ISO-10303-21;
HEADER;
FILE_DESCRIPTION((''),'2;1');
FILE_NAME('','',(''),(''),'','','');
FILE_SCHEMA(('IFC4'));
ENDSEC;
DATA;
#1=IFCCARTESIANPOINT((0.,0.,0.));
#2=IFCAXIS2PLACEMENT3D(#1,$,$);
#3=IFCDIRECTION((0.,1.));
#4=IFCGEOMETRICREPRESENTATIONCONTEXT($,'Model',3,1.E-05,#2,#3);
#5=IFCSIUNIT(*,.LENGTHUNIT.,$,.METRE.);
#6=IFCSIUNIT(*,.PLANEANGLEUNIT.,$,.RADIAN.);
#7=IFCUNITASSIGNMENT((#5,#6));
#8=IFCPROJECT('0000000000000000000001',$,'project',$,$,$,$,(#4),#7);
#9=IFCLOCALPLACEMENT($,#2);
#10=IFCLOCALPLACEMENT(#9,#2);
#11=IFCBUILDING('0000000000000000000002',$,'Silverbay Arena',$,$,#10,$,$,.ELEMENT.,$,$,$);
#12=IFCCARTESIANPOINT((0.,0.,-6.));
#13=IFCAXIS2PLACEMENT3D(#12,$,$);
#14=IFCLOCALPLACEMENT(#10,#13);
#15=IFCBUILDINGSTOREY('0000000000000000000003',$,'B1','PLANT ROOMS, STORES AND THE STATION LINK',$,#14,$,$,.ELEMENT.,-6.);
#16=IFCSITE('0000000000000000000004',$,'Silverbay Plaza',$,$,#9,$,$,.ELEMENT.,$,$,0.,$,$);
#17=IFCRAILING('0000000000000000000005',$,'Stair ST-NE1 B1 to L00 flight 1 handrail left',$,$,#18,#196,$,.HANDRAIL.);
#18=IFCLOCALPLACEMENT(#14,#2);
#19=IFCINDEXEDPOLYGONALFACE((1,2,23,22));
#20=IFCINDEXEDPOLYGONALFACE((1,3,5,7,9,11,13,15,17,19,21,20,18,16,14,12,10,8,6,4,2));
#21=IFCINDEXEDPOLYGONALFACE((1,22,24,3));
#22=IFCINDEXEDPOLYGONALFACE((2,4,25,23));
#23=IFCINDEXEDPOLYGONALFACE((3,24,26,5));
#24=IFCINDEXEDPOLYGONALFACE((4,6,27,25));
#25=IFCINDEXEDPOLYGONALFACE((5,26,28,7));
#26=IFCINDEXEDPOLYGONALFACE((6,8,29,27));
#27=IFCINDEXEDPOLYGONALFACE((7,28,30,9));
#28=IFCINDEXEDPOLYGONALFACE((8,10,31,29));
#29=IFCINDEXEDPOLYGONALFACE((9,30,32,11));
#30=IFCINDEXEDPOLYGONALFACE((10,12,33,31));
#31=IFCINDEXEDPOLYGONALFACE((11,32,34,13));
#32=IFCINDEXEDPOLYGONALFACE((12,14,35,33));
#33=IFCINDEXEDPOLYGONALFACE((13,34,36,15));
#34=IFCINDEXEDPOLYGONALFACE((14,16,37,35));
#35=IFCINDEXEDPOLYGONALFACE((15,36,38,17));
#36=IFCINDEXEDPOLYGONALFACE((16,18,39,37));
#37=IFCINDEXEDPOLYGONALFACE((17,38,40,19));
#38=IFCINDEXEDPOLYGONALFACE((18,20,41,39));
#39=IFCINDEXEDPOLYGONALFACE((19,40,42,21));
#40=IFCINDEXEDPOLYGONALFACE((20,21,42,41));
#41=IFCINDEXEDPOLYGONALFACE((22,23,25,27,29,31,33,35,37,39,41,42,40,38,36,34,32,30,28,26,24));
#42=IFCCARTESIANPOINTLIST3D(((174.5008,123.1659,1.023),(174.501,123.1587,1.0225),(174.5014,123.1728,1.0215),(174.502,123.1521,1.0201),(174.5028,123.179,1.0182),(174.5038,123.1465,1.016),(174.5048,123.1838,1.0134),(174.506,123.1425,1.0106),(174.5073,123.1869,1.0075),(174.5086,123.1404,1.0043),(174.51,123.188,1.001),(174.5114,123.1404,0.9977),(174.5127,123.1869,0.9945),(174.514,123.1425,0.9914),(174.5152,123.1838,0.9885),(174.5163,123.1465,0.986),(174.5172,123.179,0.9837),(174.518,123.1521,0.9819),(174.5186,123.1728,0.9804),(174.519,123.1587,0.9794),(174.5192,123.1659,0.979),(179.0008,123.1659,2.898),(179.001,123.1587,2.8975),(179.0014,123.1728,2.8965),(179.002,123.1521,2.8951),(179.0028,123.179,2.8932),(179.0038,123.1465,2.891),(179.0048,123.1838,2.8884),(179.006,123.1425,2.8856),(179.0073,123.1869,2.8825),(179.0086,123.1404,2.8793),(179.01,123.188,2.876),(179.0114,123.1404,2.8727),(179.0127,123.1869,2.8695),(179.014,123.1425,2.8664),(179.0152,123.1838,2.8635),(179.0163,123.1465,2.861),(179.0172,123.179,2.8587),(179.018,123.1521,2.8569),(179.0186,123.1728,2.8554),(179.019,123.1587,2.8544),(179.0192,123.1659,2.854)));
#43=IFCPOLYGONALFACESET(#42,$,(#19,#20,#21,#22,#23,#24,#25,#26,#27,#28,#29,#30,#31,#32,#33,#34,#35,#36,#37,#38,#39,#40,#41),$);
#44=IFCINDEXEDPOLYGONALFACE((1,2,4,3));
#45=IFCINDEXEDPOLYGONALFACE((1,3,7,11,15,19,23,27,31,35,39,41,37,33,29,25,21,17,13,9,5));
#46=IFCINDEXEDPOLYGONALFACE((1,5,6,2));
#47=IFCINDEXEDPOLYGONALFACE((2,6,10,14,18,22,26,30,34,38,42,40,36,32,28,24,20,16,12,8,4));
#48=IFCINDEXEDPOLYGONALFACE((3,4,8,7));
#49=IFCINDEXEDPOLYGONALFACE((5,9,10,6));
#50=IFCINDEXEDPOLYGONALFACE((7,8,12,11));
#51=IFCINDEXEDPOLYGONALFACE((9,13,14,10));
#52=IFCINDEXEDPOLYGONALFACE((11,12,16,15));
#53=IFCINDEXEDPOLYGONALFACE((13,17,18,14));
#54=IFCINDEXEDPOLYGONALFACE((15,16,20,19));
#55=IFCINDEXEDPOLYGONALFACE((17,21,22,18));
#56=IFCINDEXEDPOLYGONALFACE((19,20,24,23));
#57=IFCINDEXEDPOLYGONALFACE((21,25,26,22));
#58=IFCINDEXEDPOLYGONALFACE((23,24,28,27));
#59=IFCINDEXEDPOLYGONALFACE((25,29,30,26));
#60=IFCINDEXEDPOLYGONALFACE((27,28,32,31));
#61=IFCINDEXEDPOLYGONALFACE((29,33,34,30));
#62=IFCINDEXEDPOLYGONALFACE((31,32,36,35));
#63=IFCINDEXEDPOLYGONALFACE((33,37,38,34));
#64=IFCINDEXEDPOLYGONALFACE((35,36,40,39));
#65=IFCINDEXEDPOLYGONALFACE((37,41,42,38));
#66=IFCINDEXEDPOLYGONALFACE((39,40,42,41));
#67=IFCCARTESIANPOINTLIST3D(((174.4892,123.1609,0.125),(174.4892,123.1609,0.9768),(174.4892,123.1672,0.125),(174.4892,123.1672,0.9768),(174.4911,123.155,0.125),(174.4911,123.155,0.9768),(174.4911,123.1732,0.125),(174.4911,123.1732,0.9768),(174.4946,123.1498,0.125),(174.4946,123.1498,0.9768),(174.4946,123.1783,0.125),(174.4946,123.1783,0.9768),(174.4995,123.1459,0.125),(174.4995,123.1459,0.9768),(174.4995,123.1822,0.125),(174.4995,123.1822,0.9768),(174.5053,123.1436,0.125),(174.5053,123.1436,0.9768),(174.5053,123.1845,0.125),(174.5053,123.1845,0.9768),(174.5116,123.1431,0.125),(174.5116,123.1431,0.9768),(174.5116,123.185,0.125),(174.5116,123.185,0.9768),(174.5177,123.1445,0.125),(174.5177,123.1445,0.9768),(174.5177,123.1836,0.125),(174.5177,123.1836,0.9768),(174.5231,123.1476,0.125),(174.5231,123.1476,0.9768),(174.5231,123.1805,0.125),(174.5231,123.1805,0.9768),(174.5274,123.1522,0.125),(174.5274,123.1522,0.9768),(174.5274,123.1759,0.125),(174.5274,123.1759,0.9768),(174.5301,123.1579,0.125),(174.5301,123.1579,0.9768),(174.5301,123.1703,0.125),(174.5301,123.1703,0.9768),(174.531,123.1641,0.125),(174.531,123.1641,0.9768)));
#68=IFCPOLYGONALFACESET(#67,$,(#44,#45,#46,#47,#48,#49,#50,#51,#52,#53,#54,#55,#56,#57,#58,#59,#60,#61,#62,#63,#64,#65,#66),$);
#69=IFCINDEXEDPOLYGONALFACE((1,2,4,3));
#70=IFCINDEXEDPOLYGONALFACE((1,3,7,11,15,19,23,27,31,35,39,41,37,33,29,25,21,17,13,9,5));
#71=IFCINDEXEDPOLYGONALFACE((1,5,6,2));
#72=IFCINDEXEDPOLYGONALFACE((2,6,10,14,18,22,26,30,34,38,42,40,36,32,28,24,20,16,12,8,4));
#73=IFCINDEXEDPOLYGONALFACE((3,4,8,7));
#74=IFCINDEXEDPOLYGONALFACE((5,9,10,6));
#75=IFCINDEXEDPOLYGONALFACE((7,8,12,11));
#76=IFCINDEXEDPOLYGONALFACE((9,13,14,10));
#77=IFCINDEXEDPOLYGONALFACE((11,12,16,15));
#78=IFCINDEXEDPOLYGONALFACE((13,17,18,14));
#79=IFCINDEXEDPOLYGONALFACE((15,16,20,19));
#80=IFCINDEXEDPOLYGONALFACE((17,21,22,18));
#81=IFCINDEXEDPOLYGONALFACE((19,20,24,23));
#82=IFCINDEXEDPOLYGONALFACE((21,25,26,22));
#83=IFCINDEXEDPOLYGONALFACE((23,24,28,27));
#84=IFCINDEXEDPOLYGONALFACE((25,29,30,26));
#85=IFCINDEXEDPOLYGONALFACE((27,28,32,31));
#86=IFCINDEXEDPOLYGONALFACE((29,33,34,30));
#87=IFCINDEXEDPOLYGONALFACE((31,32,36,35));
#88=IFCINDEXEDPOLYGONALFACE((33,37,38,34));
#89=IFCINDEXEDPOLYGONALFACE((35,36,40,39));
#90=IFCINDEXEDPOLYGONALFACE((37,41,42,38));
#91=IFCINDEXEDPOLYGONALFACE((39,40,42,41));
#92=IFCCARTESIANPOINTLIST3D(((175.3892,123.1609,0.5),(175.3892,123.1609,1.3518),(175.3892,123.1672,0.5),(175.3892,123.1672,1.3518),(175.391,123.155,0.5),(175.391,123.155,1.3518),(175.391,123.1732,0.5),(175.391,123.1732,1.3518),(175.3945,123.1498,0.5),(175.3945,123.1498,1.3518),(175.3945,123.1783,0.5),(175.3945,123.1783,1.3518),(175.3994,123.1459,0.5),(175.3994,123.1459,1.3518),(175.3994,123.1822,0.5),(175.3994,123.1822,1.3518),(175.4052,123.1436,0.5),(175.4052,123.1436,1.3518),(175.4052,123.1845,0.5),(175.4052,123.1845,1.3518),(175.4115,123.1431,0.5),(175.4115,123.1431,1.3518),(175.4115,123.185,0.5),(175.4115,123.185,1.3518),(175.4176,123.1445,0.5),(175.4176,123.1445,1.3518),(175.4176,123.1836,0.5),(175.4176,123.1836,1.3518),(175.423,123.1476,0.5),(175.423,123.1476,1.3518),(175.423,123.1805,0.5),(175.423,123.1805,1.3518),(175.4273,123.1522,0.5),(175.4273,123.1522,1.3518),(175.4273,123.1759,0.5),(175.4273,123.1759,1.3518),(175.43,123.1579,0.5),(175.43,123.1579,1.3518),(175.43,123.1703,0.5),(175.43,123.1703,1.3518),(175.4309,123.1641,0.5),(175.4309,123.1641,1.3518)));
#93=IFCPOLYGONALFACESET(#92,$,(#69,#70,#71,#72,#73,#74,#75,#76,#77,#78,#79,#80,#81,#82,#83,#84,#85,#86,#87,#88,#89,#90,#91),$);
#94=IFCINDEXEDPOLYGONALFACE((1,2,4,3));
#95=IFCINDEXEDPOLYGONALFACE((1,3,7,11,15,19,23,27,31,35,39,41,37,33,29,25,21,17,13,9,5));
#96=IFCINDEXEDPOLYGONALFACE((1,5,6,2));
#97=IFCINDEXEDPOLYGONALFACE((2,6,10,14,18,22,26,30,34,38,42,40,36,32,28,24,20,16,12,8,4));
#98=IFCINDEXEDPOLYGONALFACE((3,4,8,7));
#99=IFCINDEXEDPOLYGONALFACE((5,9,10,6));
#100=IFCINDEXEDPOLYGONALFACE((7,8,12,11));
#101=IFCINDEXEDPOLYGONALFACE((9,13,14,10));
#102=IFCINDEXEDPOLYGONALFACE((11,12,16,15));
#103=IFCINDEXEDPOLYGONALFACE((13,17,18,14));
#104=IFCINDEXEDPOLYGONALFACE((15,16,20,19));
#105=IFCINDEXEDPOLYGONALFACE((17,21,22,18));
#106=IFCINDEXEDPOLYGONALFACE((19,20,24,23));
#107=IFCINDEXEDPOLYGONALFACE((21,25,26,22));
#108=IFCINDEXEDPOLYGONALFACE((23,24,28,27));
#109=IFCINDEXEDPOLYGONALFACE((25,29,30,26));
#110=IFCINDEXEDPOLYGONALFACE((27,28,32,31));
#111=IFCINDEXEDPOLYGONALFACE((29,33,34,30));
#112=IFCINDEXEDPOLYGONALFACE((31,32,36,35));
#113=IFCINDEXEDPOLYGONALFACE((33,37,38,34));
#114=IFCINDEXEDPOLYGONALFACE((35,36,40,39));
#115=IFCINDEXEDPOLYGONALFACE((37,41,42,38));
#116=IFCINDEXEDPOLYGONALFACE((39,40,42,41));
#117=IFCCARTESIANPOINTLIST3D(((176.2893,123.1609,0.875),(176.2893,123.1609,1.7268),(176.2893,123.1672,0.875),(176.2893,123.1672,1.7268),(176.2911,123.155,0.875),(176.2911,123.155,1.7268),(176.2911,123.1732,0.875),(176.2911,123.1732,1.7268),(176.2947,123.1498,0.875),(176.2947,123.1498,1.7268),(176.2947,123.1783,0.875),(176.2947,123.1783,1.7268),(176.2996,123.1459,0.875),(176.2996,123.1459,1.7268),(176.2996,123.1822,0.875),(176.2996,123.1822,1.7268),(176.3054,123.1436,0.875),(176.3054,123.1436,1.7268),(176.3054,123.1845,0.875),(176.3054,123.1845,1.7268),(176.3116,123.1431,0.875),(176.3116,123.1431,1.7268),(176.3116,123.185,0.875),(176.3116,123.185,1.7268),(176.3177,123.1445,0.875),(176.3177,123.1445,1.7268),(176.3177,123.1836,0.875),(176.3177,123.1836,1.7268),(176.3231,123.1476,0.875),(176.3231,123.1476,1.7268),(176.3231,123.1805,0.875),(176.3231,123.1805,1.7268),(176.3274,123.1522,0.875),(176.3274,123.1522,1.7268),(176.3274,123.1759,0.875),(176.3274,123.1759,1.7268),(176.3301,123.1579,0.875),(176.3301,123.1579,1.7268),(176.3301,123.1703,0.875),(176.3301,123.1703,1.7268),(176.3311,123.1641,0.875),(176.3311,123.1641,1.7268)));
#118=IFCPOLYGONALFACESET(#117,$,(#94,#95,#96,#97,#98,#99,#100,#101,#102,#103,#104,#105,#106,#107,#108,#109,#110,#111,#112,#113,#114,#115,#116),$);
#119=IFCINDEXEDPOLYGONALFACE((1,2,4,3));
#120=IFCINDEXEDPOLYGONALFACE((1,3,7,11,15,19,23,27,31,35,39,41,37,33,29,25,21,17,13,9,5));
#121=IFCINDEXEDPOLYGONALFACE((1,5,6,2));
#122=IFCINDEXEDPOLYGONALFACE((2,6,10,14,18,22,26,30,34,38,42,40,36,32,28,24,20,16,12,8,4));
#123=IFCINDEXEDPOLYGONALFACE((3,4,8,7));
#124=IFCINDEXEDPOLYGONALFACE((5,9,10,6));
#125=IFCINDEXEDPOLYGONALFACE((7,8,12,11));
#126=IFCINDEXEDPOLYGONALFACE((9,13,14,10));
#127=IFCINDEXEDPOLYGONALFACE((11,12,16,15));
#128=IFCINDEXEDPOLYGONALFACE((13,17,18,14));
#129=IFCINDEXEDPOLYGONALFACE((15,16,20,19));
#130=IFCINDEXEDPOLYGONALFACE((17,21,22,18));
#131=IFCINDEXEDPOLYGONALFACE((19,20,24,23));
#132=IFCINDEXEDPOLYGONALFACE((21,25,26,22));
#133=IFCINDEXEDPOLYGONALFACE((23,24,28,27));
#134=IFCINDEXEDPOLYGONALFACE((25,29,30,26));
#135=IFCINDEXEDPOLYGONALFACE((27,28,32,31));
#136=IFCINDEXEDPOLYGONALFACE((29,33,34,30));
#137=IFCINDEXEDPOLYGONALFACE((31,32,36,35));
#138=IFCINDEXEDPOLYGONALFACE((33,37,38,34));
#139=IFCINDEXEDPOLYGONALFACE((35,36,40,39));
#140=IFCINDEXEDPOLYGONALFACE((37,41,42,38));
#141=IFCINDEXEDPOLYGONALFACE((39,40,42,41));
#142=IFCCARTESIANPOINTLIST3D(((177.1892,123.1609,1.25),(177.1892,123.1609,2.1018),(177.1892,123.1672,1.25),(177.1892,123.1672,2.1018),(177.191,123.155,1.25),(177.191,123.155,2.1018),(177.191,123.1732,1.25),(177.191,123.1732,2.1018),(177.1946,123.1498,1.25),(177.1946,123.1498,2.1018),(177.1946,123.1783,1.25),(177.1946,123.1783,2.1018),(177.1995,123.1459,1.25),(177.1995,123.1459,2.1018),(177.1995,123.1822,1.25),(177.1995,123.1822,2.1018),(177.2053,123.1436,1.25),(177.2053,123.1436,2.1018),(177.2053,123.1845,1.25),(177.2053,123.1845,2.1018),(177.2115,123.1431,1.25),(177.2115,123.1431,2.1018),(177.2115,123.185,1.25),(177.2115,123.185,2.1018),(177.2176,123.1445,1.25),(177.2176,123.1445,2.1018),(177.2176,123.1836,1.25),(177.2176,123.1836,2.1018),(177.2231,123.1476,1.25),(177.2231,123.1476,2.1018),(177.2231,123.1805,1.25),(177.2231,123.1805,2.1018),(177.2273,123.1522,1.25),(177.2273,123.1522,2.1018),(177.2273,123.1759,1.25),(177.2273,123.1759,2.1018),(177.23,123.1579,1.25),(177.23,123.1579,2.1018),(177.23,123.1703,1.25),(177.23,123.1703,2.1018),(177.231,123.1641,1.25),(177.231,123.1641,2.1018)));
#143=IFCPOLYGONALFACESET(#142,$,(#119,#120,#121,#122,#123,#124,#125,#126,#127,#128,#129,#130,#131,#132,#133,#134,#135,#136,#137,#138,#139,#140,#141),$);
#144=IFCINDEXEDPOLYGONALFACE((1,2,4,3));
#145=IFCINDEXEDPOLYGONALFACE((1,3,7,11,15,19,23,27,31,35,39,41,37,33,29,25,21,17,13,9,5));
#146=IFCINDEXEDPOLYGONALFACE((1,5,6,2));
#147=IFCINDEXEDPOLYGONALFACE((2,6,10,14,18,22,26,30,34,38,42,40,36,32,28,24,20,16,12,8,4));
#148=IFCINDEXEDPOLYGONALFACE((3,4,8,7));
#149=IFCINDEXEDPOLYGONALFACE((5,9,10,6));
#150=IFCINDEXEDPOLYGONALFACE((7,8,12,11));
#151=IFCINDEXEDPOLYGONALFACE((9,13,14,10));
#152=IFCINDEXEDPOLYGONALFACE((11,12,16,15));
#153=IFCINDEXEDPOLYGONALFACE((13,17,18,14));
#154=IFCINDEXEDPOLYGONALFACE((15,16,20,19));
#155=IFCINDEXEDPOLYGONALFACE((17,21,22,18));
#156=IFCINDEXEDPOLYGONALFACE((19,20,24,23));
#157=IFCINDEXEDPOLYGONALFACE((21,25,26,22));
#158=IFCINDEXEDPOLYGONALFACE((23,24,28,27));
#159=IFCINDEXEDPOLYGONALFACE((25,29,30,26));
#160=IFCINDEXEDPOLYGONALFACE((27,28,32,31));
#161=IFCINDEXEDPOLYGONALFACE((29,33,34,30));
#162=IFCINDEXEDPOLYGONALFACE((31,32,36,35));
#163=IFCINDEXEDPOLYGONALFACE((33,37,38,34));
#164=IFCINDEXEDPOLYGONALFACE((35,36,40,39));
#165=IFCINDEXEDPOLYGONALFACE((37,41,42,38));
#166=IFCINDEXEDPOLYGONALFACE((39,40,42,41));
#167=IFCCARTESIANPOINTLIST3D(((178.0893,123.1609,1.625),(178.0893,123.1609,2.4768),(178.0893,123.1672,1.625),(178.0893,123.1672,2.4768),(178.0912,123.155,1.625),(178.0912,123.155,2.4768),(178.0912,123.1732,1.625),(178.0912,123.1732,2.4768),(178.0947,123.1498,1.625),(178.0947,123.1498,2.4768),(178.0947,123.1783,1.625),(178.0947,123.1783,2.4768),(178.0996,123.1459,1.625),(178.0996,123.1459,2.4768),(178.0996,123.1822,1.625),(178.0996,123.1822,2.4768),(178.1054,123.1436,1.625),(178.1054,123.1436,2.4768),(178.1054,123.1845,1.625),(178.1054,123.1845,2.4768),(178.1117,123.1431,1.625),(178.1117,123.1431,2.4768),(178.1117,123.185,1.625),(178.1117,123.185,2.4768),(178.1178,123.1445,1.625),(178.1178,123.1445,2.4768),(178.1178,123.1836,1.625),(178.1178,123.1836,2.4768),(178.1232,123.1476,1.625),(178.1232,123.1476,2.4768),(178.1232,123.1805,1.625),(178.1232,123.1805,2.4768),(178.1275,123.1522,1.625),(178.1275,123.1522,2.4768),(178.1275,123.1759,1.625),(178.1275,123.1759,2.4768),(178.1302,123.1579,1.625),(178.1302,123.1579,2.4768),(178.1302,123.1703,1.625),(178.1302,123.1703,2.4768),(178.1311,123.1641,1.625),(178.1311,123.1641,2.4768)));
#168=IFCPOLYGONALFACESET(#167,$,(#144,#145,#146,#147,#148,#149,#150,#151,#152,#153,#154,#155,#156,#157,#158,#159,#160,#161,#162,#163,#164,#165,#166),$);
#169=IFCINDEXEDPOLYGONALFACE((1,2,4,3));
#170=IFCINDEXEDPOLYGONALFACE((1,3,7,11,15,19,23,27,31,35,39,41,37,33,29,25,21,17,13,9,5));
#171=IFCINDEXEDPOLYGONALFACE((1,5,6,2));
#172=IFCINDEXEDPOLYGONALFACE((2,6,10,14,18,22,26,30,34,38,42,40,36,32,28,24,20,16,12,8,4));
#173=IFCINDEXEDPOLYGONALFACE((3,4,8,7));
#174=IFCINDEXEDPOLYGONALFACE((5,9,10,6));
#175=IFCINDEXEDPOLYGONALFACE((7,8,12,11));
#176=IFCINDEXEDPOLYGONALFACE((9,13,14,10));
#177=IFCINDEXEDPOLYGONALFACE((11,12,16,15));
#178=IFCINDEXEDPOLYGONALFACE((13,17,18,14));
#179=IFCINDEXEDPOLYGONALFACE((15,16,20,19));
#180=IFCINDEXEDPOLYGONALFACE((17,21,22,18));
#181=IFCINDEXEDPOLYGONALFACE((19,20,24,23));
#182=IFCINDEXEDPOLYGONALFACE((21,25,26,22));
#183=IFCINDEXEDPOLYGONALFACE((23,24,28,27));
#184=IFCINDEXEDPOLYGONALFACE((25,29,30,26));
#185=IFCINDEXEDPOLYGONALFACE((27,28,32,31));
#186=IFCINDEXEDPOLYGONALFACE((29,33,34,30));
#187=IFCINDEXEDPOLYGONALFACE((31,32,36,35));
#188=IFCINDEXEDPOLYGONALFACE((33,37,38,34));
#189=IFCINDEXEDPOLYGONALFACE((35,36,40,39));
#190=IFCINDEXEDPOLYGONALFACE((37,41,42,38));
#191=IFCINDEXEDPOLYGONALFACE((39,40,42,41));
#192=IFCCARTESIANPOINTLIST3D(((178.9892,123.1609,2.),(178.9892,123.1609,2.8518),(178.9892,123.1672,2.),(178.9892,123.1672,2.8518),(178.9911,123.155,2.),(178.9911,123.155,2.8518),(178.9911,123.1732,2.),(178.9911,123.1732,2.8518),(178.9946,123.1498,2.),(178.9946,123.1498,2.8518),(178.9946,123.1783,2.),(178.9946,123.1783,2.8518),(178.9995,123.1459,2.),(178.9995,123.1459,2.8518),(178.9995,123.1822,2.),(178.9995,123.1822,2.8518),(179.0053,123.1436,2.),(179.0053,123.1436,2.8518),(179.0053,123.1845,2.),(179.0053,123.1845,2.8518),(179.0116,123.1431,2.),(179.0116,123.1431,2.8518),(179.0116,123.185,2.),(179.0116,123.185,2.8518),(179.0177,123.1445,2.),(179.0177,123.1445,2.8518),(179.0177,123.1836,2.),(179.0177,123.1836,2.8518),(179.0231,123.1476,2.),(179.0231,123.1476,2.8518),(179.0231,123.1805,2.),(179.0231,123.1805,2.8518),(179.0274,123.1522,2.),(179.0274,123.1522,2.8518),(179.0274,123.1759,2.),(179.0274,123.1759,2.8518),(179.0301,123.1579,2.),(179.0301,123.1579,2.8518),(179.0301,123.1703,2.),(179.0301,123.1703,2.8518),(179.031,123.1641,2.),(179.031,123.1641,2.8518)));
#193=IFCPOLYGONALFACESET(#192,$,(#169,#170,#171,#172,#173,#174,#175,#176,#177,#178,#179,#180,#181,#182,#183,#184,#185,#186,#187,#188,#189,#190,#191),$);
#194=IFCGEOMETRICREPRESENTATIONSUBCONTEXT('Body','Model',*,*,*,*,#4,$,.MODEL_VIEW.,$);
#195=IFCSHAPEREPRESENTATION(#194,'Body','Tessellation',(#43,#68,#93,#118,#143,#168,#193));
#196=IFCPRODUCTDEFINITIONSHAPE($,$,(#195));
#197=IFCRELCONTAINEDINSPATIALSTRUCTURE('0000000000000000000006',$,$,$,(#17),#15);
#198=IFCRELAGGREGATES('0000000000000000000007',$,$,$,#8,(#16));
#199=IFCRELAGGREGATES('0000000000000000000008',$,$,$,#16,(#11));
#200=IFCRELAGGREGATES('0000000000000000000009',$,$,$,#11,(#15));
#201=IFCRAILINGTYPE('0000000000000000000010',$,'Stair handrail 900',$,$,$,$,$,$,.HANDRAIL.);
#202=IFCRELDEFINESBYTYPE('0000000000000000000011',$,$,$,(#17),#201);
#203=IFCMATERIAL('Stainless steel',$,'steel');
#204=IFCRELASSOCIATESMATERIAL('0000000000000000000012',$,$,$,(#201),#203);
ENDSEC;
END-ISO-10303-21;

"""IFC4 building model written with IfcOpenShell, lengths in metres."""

from ifc_helpers import new_model, si_unit, direction, frame, origin, origin_2d, place, context, subcontext, project, spatial, circle, extrude, material, type_object, element, save


model = new_model("IFC4")

# Units and contexts
model_context = context("Model", 3, precision=1e-05, world=origin(), true_north=direction((0.0, 1.0)))
body_context = subcontext(model_context, "Body", "Model", "MODEL_VIEW")
ifc_project = project(units=[si_unit("LENGTHUNIT", "METRE"), si_unit("PLANEANGLEUNIT", "RADIAN")], contexts=[model_context])

# Site, building, storey
site_placement = place(None, origin())
site = spatial("IfcSite", under=ifc_project, at=site_placement, Name="Silverbay Plaza", CompositionType="ELEMENT", RefElevation=0.0)
building_placement = place(site_placement, origin())
building = spatial("IfcBuilding", under=site, at=building_placement, Name="Silverbay Arena", CompositionType="ELEMENT")
storey_placement = place(building_placement, frame((0.0, 0.0, -6.0)))
storey = spatial("IfcBuildingStorey", under=building, at=storey_placement, Name="B1", Description="PLANT ROOMS, STORES AND THE STATION LINK", CompositionType="ELEMENT", Elevation=-6.0)

# Railing
ifc_material_1 = material(Name="Stainless steel", Category="steel")
railing_type_1 = type_object("IfcRailingType", Name="Stair handrail 900", PredefinedType="HANDRAIL", material=ifc_material_1)
for number, where, name in (
    (1, (174.51, 123.1641, 0.125), "Stair ST-NE1 B1 to L00 flight 1 handrail left"),
):
    element("IfcRailing", number, at=place(storey_placement, frame(where)), inside=storey, type_object=railing_type_1, Name=name, PredefinedType="HANDRAIL", context=body_context, shape_type="SweptSolid", body=[
        extrude(circle(Radius=0.0239, at=origin_2d()), frame((0.0, 0.0, 0.876), z_axis=(0.923077, 0.0, 0.384615), x_axis=(0.0, 1.0, 0.0)), (0.0, 0.0, 1.0), 4.875),
        extrude(circle(Radius=0.021, at=origin_2d()), origin(), (0.0, 0.0, 1.0), 0.8518),
        extrude(circle(Radius=0.021, at=origin_2d()), frame((0.8999, 0.0, 0.375)), (0.0, 0.0, 1.0), 0.8518),
        extrude(circle(Radius=0.021, at=origin_2d()), frame((1.8, 0.0, 0.75)), (0.0, 0.0, 1.0), 0.8518),
        extrude(circle(Radius=0.021, at=origin_2d()), frame((2.7, 0.0, 1.125)), (0.0, 0.0, 1.0), 0.8518),
        extrude(circle(Radius=0.021, at=origin_2d()), frame((3.6001, 0.0, 1.5)), (0.0, 0.0, 1.0), 0.8518),
        extrude(circle(Radius=0.021, at=origin_2d()), frame((4.5, 0.0, 1.875)), (0.0, 0.0, 1.0), 0.8518),
    ])

save(model, "model.ifc")
